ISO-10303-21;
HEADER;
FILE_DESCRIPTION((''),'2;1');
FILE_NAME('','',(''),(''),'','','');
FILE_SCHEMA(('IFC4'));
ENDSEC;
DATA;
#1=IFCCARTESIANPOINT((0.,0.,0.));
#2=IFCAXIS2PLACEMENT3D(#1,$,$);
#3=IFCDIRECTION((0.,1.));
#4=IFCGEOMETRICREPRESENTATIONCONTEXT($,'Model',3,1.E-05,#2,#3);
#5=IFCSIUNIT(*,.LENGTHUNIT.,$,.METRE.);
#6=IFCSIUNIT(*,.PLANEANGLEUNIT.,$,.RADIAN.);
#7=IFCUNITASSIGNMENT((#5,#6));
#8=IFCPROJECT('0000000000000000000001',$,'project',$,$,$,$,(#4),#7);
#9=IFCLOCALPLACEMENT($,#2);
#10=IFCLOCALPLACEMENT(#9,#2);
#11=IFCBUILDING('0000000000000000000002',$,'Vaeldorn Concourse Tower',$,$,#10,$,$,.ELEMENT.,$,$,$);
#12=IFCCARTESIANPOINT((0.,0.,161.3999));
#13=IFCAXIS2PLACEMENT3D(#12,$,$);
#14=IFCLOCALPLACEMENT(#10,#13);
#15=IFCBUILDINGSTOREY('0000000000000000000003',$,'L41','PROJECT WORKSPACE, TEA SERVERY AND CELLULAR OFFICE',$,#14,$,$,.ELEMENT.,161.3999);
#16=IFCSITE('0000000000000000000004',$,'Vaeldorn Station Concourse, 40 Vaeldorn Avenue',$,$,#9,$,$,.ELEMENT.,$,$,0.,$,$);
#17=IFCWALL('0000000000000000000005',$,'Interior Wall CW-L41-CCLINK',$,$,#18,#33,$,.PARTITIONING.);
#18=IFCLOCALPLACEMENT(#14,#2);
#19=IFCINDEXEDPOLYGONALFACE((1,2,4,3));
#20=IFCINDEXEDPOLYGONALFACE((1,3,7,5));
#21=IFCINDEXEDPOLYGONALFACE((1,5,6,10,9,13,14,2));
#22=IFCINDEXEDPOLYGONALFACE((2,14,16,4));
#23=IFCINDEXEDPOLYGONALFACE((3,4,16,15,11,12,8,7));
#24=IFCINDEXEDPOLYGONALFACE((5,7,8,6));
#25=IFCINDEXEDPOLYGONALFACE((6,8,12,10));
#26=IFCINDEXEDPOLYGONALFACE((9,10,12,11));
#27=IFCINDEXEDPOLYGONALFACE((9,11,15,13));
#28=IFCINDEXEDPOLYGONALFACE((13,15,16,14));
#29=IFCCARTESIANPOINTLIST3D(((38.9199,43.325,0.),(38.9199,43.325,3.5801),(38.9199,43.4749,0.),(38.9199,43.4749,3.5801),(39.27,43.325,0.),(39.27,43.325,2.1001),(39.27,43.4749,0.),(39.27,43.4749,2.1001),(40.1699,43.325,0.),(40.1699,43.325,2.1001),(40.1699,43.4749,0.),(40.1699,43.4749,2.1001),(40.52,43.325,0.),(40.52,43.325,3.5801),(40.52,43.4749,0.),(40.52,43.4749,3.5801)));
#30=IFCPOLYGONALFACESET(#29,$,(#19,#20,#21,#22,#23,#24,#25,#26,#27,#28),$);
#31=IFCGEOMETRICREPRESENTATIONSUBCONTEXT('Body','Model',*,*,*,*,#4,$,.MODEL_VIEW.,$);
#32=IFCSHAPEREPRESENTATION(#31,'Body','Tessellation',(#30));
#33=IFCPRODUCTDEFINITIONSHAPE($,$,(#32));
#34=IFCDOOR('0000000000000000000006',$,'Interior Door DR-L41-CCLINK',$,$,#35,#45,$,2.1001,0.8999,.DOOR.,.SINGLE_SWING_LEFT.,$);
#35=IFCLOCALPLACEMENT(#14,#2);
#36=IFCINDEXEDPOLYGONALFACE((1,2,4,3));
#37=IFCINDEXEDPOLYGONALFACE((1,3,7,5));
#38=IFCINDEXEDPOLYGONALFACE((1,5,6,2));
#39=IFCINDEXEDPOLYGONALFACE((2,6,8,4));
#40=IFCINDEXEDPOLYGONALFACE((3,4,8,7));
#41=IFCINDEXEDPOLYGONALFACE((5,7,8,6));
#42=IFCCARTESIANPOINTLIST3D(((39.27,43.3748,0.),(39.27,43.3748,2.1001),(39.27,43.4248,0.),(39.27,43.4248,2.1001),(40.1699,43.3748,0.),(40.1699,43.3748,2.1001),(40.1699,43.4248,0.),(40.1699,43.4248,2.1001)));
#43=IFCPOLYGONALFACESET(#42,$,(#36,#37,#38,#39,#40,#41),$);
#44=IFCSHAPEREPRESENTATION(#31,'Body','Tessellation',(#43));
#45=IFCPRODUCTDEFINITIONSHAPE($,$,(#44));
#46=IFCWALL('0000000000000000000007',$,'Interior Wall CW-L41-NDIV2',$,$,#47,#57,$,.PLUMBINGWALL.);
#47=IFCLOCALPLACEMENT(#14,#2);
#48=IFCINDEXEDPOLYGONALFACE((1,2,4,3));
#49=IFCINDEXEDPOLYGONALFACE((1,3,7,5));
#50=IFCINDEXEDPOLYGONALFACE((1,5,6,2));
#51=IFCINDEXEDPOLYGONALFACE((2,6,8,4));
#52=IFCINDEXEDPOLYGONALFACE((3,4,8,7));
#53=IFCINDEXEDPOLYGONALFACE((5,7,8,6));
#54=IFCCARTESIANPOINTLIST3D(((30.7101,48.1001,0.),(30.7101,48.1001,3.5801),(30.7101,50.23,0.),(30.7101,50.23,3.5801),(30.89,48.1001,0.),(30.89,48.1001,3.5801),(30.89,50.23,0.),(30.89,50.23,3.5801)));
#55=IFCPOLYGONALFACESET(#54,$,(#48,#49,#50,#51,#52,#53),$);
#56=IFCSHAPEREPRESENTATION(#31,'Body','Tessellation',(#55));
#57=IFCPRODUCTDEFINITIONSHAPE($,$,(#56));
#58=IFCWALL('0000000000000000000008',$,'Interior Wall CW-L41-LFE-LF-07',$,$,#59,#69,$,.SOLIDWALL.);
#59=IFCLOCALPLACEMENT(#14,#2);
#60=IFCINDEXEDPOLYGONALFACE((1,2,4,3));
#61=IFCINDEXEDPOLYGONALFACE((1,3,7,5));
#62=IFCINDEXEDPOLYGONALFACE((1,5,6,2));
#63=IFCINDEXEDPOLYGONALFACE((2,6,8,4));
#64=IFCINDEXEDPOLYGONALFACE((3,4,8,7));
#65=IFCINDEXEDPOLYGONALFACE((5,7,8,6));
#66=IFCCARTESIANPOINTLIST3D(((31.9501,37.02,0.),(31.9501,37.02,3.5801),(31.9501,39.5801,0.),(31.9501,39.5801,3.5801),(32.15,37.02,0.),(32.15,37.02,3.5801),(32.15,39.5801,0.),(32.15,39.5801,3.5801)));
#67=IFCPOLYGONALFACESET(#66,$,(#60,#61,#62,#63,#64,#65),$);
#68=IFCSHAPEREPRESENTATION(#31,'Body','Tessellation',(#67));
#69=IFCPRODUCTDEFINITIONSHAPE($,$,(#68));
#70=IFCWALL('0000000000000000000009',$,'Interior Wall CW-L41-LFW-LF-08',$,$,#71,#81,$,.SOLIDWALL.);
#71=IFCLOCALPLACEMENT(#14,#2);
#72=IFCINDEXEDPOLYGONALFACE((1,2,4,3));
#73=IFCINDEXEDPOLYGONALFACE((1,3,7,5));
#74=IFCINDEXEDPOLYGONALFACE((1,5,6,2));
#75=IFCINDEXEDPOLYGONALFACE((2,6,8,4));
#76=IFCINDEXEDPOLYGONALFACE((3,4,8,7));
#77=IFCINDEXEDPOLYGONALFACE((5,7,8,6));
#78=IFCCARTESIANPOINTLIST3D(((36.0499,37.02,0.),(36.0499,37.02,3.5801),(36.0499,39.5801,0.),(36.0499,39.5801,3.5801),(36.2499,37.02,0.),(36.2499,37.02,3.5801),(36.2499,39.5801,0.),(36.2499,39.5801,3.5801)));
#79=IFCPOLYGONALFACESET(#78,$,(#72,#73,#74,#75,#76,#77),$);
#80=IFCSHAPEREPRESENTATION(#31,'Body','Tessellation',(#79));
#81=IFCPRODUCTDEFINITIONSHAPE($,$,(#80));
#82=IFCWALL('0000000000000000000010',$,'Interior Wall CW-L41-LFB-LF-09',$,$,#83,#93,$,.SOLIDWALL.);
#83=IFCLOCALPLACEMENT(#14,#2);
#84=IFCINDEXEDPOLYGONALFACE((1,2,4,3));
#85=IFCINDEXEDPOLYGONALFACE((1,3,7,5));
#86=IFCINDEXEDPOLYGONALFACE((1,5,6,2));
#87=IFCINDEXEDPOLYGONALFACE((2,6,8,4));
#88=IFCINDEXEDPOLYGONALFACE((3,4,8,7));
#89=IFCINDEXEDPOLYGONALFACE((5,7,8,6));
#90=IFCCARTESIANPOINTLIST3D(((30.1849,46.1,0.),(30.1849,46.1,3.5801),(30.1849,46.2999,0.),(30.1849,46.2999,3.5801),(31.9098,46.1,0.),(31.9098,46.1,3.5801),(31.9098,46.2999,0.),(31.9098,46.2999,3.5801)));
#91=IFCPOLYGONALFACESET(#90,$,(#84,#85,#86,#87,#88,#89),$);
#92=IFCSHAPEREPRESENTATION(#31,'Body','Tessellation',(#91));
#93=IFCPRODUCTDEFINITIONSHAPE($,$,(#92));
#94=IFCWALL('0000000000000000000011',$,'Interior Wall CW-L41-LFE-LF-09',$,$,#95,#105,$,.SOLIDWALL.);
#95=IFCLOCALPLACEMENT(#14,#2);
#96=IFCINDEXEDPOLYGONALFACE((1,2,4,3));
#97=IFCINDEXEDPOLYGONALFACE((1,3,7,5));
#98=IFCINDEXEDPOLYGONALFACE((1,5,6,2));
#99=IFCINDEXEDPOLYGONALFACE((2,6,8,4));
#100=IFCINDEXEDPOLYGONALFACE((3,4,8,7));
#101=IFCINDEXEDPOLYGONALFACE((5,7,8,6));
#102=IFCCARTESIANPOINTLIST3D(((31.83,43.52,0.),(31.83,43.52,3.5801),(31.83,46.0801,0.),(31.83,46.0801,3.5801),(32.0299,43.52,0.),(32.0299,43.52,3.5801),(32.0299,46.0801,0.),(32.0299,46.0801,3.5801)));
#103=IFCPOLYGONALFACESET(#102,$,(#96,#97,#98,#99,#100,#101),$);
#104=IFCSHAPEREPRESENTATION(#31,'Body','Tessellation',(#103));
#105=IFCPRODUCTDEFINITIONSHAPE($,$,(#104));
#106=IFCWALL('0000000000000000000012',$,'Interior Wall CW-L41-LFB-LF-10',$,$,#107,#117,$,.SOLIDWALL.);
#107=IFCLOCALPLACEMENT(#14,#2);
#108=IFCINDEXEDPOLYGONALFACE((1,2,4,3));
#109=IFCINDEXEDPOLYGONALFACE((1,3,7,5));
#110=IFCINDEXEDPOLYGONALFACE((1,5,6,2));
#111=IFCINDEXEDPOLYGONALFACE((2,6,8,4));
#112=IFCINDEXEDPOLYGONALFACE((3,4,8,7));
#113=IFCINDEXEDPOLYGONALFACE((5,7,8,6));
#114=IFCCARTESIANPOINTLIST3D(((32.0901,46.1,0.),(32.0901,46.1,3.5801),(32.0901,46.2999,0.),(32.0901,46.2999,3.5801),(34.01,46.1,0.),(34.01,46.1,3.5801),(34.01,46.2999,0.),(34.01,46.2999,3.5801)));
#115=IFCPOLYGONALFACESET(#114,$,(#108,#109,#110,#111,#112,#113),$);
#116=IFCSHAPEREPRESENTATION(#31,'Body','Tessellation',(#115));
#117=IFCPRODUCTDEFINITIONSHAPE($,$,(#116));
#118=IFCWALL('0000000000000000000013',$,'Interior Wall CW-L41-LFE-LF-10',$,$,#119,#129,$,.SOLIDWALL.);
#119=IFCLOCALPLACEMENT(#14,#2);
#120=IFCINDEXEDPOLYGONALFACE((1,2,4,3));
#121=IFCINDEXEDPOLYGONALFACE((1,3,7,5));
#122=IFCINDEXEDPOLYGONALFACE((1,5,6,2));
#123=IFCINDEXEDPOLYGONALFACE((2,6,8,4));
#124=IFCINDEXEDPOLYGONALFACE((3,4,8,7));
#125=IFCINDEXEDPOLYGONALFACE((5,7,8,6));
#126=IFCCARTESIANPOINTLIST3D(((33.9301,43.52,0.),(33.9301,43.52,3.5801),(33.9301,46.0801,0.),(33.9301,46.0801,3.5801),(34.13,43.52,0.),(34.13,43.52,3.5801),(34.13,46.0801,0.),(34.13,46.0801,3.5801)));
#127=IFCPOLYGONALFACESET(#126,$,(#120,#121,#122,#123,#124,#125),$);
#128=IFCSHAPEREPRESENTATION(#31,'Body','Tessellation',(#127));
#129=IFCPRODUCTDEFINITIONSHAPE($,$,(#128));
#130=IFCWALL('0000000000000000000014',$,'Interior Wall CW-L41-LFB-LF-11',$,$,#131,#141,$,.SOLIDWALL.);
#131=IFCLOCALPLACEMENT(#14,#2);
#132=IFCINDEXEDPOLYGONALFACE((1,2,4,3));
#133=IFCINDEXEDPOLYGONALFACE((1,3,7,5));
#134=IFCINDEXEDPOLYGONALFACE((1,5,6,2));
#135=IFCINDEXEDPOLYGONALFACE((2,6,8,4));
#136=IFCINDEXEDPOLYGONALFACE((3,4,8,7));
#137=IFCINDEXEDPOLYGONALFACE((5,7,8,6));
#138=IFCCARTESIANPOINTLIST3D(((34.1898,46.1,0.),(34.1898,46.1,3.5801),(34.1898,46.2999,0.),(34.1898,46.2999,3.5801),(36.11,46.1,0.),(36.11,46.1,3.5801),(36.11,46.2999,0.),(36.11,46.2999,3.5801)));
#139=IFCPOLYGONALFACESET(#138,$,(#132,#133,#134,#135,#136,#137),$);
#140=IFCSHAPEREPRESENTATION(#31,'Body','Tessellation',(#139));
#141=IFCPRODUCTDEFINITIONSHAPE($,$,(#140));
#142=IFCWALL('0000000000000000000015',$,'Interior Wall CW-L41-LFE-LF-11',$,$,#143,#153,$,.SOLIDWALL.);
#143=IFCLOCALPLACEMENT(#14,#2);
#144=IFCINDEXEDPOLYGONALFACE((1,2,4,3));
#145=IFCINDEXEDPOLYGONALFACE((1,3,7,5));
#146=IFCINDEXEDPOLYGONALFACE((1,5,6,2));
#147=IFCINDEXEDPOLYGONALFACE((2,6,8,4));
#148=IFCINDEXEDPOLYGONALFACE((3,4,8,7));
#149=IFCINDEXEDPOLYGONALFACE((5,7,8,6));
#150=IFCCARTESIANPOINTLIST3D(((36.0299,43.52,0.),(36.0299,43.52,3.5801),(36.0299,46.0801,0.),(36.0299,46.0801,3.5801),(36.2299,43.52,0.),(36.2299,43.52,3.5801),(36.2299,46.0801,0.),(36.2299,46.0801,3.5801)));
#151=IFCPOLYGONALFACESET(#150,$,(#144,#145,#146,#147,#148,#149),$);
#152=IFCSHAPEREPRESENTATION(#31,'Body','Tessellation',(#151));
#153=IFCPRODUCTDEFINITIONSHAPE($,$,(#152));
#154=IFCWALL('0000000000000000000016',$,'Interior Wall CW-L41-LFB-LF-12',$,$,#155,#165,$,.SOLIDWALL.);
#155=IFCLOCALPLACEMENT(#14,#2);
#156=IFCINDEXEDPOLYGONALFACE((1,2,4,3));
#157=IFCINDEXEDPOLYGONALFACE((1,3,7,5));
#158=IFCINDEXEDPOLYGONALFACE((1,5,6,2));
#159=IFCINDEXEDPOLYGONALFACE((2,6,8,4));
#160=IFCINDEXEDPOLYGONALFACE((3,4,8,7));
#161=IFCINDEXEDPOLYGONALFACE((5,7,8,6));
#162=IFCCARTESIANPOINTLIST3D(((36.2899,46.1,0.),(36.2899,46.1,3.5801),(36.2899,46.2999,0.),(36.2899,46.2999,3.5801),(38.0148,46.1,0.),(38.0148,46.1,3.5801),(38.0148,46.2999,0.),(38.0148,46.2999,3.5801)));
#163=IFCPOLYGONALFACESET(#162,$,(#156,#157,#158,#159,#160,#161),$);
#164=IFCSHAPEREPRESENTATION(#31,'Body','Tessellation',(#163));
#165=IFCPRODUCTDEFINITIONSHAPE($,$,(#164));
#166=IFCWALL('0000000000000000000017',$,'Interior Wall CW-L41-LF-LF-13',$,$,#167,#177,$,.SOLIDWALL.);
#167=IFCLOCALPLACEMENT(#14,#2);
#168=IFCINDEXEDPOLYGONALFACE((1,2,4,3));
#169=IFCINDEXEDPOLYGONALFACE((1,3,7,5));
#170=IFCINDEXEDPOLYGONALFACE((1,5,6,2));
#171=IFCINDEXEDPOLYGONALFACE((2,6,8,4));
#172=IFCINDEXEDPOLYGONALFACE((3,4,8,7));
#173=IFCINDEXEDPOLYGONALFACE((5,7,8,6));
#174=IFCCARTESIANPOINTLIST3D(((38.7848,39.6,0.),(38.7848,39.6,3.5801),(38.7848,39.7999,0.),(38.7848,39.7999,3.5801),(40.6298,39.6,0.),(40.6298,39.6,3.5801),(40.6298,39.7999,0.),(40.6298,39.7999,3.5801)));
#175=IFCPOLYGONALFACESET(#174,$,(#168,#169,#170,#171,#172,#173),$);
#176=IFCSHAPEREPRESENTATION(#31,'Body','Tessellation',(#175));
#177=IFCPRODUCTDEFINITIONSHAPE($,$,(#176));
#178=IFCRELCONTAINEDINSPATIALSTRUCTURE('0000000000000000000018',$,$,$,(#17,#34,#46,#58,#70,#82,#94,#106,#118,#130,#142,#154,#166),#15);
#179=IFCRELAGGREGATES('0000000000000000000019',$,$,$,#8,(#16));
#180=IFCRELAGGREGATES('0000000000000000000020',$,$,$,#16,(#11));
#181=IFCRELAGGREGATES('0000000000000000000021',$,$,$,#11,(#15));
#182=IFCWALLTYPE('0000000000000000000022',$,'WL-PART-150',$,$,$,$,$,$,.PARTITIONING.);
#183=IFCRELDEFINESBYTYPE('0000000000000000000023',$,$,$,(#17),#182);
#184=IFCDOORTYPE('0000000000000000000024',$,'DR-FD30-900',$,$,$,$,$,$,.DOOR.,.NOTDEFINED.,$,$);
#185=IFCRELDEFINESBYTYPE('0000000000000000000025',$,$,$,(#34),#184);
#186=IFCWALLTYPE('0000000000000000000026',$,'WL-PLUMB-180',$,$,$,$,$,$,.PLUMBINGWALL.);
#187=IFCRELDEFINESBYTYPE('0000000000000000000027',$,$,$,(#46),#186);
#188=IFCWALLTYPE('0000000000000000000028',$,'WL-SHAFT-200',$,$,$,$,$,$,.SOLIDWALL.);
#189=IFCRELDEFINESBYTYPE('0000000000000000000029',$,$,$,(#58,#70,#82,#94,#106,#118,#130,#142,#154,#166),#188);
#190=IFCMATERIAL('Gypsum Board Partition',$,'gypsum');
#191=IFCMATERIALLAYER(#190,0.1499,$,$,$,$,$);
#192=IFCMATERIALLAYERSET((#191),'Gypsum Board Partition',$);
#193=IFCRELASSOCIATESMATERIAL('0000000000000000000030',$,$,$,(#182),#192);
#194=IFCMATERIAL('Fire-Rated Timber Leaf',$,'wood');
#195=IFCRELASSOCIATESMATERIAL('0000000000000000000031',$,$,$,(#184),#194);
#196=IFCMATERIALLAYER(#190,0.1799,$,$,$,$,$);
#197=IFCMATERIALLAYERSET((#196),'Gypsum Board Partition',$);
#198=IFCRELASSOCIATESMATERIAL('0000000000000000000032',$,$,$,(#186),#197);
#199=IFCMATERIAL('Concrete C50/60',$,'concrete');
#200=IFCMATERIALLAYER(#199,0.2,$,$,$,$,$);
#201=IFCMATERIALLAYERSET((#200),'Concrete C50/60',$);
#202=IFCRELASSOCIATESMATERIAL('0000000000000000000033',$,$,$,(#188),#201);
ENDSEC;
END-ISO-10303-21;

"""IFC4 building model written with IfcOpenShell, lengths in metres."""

from ifc_helpers import new_model, si_unit, direction, frame, frame_2d, origin, place, context, subcontext, project, spatial, rectangle, extrude, source, transform, mapped, material, layer, layer_set, type_object, element, fill, save


model = new_model("IFC4")

# Units and contexts
model_context = context("Model", 3, precision=1e-05, world=origin(), true_north=direction((0.0, 1.0)))
body_context = subcontext(model_context, "Body", "Model", "MODEL_VIEW")
ifc_project = project(units=[si_unit("LENGTHUNIT", "METRE"), si_unit("PLANEANGLEUNIT", "RADIAN")], contexts=[model_context])

# Site, building, storey
site_placement = place(None, origin())
site = spatial("IfcSite", under=ifc_project, at=site_placement, Name="Vaeldorn Station Concourse, 40 Vaeldorn Avenue", CompositionType="ELEMENT", RefElevation=0.0)
building_placement = place(site_placement, origin())
building = spatial("IfcBuilding", under=site, at=building_placement, Name="Vaeldorn Concourse Tower", CompositionType="ELEMENT")
storey_placement = place(building_placement, frame((0.0, 0.0, 161.3999)))
storey = spatial("IfcBuildingStorey", under=building, at=storey_placement, Name="L41", Description="PROJECT WORKSPACE, TEA SERVERY AND CELLULAR OFFICE", CompositionType="ELEMENT", Elevation=161.3999)

# Wall, opening, door
ifc_material_1 = material(Name="Gypsum Board Partition", Category="gypsum")
ifc_layer_1 = layer(ifc_material_1, 0.1499)
ifc_layer_set_1 = layer_set([ifc_layer_1], Name="Gypsum Board Partition")
wall_type_1 = type_object("IfcWallType", Name="WL-PART-150", PredefinedType="PARTITIONING", material=ifc_layer_set_1)
wall_1_placement = place(storey_placement, frame((38.9199, 43.3999, 0.0), z_axis=(0.0, 0.0, 1.0), x_axis=(1.0, 0.0, 0.0)))
wall_1 = element("IfcWall", 1, at=wall_1_placement, inside=storey, type_object=wall_type_1, Name="Interior Wall CW-L41-CCLINK", PredefinedType="PARTITIONING", context=body_context, shape_type="SweptSolid", body=[
    extrude(rectangle(XDim=1.6001, YDim=0.1499, at=frame_2d((0.8, 0.0))), origin(), (0.0, 0.0, 1.0), 3.5801),
])
opening_1_placement = place(wall_1_placement, frame((0.3501, 0.0, 0.0)))
opening_1 = element("IfcOpeningElement", 2, at=opening_1_placement, cuts=wall_1, PredefinedType="OPENING", context=body_context, shape_type="SweptSolid", body=[
    extrude(rectangle(XDim=0.8999, YDim=2.1001, at=frame_2d((0.45, 1.05))), frame((0.0, 0.085, 0.0), z_axis=(0.0, -1.0, 0.0), x_axis=(1.0, 0.0, 0.0)), (0.0, 0.0, 1.0), 0.1699),
])
ifc_material_2 = material(Name="Fire-Rated Timber Leaf", Category="wood")
door_type_1 = type_object("IfcDoorType", Name="DR-FD30-900", OperationType="NOTDEFINED", PredefinedType="DOOR", material=ifc_material_2)
shared_shape_1 = source(origin(), body_context, "Body", "SweptSolid", [
    extrude(rectangle(XDim=0.8999, YDim=2.1001, at=frame_2d((0.45, 1.05))), frame((0.0, 0.0249, 0.0), z_axis=(0.0, -1.0, 0.0), x_axis=(1.0, 0.0, 0.0)), (0.0, 0.0, 1.0), 0.05),
])
door_1_placement = place(opening_1_placement, origin())
door_1 = element("IfcDoor", 3, at=door_1_placement, inside=storey, type_object=door_type_1, Name="Interior Door DR-L41-CCLINK", OperationType="SINGLE_SWING_LEFT", OverallHeight=2.1001, OverallWidth=0.8999, PredefinedType="DOOR", context=body_context, shape_type="MappedRepresentation", body=[
    mapped(shared_shape_1, transform((0.0, 0.0, 0.0), scale=1.0)),
])
fill(opening_1, door_1)

# Wall
ifc_layer_2 = layer(ifc_material_1, 0.1799)
ifc_layer_set_2 = layer_set([ifc_layer_2], Name="Gypsum Board Partition")
wall_type_2 = type_object("IfcWallType", Name="WL-PLUMB-180", PredefinedType="PLUMBINGWALL", material=ifc_layer_set_2)
wall_2_placement = place(storey_placement, frame((30.8, 48.1001, 0.0), z_axis=(0.0, 0.0, 1.0), x_axis=(0.0, 1.0, 0.0)))
element("IfcWall", 4, at=wall_2_placement, inside=storey, type_object=wall_type_2, Name="Interior Wall CW-L41-NDIV2", PredefinedType="PLUMBINGWALL", context=body_context, shape_type="SweptSolid", body=[
    extrude(rectangle(XDim=2.1299, YDim=0.1799, at=frame_2d((1.0649, 0.0))), origin(), (0.0, 0.0, 1.0), 3.5801),
])

# Shared definitions
ifc_material_3 = material(Name="Concrete C50/60", Category="concrete")
ifc_layer_3 = layer(ifc_material_3, 0.2)
ifc_layer_set_3 = layer_set([ifc_layer_3], Name="Concrete C50/60")
wall_type_3 = type_object("IfcWallType", Name="WL-SHAFT-200", PredefinedType="SOLIDWALL", material=ifc_layer_set_3)

# Wall
wall_3_placement = place(storey_placement, frame((32.05, 37.02, 0.0), z_axis=(0.0, 0.0, 1.0), x_axis=(0.0, 1.0, 0.0)))
element("IfcWall", 5, at=wall_3_placement, inside=storey, type_object=wall_type_3, Name="Interior Wall CW-L41-LFE-LF-07", PredefinedType="SOLIDWALL", context=body_context, shape_type="SweptSolid", body=[
    extrude(rectangle(XDim=2.5601, YDim=0.2, at=frame_2d((1.28, 0.0))), origin(), (0.0, 0.0, 1.0), 3.5801),
])

# Wall
wall_4_placement = place(storey_placement, frame((36.1499, 37.02, 0.0), z_axis=(0.0, 0.0, 1.0), x_axis=(0.0, 1.0, 0.0)))
element("IfcWall", 6, at=wall_4_placement, inside=storey, type_object=wall_type_3, Name="Interior Wall CW-L41-LFW-LF-08", PredefinedType="SOLIDWALL", context=body_context, shape_type="SweptSolid", body=[
    extrude(rectangle(XDim=2.5601, YDim=0.2, at=frame_2d((1.28, 0.0))), origin(), (0.0, 0.0, 1.0), 3.5801),
])

# Walls
wall_5_placement = place(storey_placement, frame((30.1851, 46.2, 0.0), z_axis=(0.0, 0.0, 1.0), x_axis=(1.0, 0.0, 0.0)))
element("IfcWall", 7, at=wall_5_placement, inside=storey, type_object=wall_type_3, Name="Interior Wall CW-L41-LFB-LF-09", PredefinedType="SOLIDWALL", context=body_context, shape_type="SweptSolid", body=[
    extrude(rectangle(XDim=1.7249, YDim=0.2, at=frame_2d((0.8623, 0.0))), origin(), (0.0, 0.0, 1.0), 3.5801),
])
wall_6_placement = place(storey_placement, frame((31.9299, 43.52, 0.0), z_axis=(0.0, 0.0, 1.0), x_axis=(0.0, 1.0, 0.0)))
element("IfcWall", 8, at=wall_6_placement, inside=storey, type_object=wall_type_3, Name="Interior Wall CW-L41-LFE-LF-09", PredefinedType="SOLIDWALL", context=body_context, shape_type="SweptSolid", body=[
    extrude(rectangle(XDim=2.5601, YDim=0.2, at=frame_2d((1.28, 0.0))), origin(), (0.0, 0.0, 1.0), 3.5801),
])

# Walls
wall_7_placement = place(storey_placement, frame((32.0901, 46.2, 0.0), z_axis=(0.0, 0.0, 1.0), x_axis=(1.0, 0.0, 0.0)))
element("IfcWall", 9, at=wall_7_placement, inside=storey, type_object=wall_type_3, Name="Interior Wall CW-L41-LFB-LF-10", PredefinedType="SOLIDWALL", context=body_context, shape_type="SweptSolid", body=[
    extrude(rectangle(XDim=1.9199, YDim=0.2, at=frame_2d((0.96, 0.0))), origin(), (0.0, 0.0, 1.0), 3.5801),
])
wall_8_placement = place(storey_placement, frame((34.03, 43.52, 0.0), z_axis=(0.0, 0.0, 1.0), x_axis=(0.0, 1.0, 0.0)))
element("IfcWall", 10, at=wall_8_placement, inside=storey, type_object=wall_type_3, Name="Interior Wall CW-L41-LFE-LF-10", PredefinedType="SOLIDWALL", context=body_context, shape_type="SweptSolid", body=[
    extrude(rectangle(XDim=2.5601, YDim=0.2, at=frame_2d((1.28, 0.0))), origin(), (0.0, 0.0, 1.0), 3.5801),
])

# Walls
wall_9_placement = place(storey_placement, frame((34.1899, 46.2, 0.0), z_axis=(0.0, 0.0, 1.0), x_axis=(1.0, 0.0, 0.0)))
element("IfcWall", 11, at=wall_9_placement, inside=storey, type_object=wall_type_3, Name="Interior Wall CW-L41-LFB-LF-11", PredefinedType="SOLIDWALL", context=body_context, shape_type="SweptSolid", body=[
    extrude(rectangle(XDim=1.9202, YDim=0.2, at=frame_2d((0.96, 0.0))), origin(), (0.0, 0.0, 1.0), 3.5801),
])
wall_10_placement = place(storey_placement, frame((36.1299, 43.52, 0.0), z_axis=(0.0, 0.0, 1.0), x_axis=(0.0, 1.0, 0.0)))
element("IfcWall", 12, at=wall_10_placement, inside=storey, type_object=wall_type_3, Name="Interior Wall CW-L41-LFE-LF-11", PredefinedType="SOLIDWALL", context=body_context, shape_type="SweptSolid", body=[
    extrude(rectangle(XDim=2.5601, YDim=0.2, at=frame_2d((1.28, 0.0))), origin(), (0.0, 0.0, 1.0), 3.5801),
])

# Walls
wall_11_placement = place(storey_placement, frame((36.29, 46.2, 0.0), z_axis=(0.0, 0.0, 1.0), x_axis=(1.0, 0.0, 0.0)))
element("IfcWall", 13, at=wall_11_placement, inside=storey, type_object=wall_type_3, Name="Interior Wall CW-L41-LFB-LF-12", PredefinedType="SOLIDWALL", context=body_context, shape_type="SweptSolid", body=[
    extrude(rectangle(XDim=1.7249, YDim=0.2, at=frame_2d((0.8623, 0.0))), origin(), (0.0, 0.0, 1.0), 3.5801),
])
wall_12_placement = place(storey_placement, frame((38.7849, 39.7, 0.0), z_axis=(0.0, 0.0, 1.0), x_axis=(1.0, 0.0, 0.0)))
element("IfcWall", 14, at=wall_12_placement, inside=storey, type_object=wall_type_3, Name="Interior Wall CW-L41-LF-LF-13", PredefinedType="SOLIDWALL", context=body_context, shape_type="SweptSolid", body=[
    extrude(rectangle(XDim=1.845, YDim=0.2, at=frame_2d((0.9224, 0.0))), origin(), (0.0, 0.0, 1.0), 3.5801),
])

save(model, "model.ifc")
